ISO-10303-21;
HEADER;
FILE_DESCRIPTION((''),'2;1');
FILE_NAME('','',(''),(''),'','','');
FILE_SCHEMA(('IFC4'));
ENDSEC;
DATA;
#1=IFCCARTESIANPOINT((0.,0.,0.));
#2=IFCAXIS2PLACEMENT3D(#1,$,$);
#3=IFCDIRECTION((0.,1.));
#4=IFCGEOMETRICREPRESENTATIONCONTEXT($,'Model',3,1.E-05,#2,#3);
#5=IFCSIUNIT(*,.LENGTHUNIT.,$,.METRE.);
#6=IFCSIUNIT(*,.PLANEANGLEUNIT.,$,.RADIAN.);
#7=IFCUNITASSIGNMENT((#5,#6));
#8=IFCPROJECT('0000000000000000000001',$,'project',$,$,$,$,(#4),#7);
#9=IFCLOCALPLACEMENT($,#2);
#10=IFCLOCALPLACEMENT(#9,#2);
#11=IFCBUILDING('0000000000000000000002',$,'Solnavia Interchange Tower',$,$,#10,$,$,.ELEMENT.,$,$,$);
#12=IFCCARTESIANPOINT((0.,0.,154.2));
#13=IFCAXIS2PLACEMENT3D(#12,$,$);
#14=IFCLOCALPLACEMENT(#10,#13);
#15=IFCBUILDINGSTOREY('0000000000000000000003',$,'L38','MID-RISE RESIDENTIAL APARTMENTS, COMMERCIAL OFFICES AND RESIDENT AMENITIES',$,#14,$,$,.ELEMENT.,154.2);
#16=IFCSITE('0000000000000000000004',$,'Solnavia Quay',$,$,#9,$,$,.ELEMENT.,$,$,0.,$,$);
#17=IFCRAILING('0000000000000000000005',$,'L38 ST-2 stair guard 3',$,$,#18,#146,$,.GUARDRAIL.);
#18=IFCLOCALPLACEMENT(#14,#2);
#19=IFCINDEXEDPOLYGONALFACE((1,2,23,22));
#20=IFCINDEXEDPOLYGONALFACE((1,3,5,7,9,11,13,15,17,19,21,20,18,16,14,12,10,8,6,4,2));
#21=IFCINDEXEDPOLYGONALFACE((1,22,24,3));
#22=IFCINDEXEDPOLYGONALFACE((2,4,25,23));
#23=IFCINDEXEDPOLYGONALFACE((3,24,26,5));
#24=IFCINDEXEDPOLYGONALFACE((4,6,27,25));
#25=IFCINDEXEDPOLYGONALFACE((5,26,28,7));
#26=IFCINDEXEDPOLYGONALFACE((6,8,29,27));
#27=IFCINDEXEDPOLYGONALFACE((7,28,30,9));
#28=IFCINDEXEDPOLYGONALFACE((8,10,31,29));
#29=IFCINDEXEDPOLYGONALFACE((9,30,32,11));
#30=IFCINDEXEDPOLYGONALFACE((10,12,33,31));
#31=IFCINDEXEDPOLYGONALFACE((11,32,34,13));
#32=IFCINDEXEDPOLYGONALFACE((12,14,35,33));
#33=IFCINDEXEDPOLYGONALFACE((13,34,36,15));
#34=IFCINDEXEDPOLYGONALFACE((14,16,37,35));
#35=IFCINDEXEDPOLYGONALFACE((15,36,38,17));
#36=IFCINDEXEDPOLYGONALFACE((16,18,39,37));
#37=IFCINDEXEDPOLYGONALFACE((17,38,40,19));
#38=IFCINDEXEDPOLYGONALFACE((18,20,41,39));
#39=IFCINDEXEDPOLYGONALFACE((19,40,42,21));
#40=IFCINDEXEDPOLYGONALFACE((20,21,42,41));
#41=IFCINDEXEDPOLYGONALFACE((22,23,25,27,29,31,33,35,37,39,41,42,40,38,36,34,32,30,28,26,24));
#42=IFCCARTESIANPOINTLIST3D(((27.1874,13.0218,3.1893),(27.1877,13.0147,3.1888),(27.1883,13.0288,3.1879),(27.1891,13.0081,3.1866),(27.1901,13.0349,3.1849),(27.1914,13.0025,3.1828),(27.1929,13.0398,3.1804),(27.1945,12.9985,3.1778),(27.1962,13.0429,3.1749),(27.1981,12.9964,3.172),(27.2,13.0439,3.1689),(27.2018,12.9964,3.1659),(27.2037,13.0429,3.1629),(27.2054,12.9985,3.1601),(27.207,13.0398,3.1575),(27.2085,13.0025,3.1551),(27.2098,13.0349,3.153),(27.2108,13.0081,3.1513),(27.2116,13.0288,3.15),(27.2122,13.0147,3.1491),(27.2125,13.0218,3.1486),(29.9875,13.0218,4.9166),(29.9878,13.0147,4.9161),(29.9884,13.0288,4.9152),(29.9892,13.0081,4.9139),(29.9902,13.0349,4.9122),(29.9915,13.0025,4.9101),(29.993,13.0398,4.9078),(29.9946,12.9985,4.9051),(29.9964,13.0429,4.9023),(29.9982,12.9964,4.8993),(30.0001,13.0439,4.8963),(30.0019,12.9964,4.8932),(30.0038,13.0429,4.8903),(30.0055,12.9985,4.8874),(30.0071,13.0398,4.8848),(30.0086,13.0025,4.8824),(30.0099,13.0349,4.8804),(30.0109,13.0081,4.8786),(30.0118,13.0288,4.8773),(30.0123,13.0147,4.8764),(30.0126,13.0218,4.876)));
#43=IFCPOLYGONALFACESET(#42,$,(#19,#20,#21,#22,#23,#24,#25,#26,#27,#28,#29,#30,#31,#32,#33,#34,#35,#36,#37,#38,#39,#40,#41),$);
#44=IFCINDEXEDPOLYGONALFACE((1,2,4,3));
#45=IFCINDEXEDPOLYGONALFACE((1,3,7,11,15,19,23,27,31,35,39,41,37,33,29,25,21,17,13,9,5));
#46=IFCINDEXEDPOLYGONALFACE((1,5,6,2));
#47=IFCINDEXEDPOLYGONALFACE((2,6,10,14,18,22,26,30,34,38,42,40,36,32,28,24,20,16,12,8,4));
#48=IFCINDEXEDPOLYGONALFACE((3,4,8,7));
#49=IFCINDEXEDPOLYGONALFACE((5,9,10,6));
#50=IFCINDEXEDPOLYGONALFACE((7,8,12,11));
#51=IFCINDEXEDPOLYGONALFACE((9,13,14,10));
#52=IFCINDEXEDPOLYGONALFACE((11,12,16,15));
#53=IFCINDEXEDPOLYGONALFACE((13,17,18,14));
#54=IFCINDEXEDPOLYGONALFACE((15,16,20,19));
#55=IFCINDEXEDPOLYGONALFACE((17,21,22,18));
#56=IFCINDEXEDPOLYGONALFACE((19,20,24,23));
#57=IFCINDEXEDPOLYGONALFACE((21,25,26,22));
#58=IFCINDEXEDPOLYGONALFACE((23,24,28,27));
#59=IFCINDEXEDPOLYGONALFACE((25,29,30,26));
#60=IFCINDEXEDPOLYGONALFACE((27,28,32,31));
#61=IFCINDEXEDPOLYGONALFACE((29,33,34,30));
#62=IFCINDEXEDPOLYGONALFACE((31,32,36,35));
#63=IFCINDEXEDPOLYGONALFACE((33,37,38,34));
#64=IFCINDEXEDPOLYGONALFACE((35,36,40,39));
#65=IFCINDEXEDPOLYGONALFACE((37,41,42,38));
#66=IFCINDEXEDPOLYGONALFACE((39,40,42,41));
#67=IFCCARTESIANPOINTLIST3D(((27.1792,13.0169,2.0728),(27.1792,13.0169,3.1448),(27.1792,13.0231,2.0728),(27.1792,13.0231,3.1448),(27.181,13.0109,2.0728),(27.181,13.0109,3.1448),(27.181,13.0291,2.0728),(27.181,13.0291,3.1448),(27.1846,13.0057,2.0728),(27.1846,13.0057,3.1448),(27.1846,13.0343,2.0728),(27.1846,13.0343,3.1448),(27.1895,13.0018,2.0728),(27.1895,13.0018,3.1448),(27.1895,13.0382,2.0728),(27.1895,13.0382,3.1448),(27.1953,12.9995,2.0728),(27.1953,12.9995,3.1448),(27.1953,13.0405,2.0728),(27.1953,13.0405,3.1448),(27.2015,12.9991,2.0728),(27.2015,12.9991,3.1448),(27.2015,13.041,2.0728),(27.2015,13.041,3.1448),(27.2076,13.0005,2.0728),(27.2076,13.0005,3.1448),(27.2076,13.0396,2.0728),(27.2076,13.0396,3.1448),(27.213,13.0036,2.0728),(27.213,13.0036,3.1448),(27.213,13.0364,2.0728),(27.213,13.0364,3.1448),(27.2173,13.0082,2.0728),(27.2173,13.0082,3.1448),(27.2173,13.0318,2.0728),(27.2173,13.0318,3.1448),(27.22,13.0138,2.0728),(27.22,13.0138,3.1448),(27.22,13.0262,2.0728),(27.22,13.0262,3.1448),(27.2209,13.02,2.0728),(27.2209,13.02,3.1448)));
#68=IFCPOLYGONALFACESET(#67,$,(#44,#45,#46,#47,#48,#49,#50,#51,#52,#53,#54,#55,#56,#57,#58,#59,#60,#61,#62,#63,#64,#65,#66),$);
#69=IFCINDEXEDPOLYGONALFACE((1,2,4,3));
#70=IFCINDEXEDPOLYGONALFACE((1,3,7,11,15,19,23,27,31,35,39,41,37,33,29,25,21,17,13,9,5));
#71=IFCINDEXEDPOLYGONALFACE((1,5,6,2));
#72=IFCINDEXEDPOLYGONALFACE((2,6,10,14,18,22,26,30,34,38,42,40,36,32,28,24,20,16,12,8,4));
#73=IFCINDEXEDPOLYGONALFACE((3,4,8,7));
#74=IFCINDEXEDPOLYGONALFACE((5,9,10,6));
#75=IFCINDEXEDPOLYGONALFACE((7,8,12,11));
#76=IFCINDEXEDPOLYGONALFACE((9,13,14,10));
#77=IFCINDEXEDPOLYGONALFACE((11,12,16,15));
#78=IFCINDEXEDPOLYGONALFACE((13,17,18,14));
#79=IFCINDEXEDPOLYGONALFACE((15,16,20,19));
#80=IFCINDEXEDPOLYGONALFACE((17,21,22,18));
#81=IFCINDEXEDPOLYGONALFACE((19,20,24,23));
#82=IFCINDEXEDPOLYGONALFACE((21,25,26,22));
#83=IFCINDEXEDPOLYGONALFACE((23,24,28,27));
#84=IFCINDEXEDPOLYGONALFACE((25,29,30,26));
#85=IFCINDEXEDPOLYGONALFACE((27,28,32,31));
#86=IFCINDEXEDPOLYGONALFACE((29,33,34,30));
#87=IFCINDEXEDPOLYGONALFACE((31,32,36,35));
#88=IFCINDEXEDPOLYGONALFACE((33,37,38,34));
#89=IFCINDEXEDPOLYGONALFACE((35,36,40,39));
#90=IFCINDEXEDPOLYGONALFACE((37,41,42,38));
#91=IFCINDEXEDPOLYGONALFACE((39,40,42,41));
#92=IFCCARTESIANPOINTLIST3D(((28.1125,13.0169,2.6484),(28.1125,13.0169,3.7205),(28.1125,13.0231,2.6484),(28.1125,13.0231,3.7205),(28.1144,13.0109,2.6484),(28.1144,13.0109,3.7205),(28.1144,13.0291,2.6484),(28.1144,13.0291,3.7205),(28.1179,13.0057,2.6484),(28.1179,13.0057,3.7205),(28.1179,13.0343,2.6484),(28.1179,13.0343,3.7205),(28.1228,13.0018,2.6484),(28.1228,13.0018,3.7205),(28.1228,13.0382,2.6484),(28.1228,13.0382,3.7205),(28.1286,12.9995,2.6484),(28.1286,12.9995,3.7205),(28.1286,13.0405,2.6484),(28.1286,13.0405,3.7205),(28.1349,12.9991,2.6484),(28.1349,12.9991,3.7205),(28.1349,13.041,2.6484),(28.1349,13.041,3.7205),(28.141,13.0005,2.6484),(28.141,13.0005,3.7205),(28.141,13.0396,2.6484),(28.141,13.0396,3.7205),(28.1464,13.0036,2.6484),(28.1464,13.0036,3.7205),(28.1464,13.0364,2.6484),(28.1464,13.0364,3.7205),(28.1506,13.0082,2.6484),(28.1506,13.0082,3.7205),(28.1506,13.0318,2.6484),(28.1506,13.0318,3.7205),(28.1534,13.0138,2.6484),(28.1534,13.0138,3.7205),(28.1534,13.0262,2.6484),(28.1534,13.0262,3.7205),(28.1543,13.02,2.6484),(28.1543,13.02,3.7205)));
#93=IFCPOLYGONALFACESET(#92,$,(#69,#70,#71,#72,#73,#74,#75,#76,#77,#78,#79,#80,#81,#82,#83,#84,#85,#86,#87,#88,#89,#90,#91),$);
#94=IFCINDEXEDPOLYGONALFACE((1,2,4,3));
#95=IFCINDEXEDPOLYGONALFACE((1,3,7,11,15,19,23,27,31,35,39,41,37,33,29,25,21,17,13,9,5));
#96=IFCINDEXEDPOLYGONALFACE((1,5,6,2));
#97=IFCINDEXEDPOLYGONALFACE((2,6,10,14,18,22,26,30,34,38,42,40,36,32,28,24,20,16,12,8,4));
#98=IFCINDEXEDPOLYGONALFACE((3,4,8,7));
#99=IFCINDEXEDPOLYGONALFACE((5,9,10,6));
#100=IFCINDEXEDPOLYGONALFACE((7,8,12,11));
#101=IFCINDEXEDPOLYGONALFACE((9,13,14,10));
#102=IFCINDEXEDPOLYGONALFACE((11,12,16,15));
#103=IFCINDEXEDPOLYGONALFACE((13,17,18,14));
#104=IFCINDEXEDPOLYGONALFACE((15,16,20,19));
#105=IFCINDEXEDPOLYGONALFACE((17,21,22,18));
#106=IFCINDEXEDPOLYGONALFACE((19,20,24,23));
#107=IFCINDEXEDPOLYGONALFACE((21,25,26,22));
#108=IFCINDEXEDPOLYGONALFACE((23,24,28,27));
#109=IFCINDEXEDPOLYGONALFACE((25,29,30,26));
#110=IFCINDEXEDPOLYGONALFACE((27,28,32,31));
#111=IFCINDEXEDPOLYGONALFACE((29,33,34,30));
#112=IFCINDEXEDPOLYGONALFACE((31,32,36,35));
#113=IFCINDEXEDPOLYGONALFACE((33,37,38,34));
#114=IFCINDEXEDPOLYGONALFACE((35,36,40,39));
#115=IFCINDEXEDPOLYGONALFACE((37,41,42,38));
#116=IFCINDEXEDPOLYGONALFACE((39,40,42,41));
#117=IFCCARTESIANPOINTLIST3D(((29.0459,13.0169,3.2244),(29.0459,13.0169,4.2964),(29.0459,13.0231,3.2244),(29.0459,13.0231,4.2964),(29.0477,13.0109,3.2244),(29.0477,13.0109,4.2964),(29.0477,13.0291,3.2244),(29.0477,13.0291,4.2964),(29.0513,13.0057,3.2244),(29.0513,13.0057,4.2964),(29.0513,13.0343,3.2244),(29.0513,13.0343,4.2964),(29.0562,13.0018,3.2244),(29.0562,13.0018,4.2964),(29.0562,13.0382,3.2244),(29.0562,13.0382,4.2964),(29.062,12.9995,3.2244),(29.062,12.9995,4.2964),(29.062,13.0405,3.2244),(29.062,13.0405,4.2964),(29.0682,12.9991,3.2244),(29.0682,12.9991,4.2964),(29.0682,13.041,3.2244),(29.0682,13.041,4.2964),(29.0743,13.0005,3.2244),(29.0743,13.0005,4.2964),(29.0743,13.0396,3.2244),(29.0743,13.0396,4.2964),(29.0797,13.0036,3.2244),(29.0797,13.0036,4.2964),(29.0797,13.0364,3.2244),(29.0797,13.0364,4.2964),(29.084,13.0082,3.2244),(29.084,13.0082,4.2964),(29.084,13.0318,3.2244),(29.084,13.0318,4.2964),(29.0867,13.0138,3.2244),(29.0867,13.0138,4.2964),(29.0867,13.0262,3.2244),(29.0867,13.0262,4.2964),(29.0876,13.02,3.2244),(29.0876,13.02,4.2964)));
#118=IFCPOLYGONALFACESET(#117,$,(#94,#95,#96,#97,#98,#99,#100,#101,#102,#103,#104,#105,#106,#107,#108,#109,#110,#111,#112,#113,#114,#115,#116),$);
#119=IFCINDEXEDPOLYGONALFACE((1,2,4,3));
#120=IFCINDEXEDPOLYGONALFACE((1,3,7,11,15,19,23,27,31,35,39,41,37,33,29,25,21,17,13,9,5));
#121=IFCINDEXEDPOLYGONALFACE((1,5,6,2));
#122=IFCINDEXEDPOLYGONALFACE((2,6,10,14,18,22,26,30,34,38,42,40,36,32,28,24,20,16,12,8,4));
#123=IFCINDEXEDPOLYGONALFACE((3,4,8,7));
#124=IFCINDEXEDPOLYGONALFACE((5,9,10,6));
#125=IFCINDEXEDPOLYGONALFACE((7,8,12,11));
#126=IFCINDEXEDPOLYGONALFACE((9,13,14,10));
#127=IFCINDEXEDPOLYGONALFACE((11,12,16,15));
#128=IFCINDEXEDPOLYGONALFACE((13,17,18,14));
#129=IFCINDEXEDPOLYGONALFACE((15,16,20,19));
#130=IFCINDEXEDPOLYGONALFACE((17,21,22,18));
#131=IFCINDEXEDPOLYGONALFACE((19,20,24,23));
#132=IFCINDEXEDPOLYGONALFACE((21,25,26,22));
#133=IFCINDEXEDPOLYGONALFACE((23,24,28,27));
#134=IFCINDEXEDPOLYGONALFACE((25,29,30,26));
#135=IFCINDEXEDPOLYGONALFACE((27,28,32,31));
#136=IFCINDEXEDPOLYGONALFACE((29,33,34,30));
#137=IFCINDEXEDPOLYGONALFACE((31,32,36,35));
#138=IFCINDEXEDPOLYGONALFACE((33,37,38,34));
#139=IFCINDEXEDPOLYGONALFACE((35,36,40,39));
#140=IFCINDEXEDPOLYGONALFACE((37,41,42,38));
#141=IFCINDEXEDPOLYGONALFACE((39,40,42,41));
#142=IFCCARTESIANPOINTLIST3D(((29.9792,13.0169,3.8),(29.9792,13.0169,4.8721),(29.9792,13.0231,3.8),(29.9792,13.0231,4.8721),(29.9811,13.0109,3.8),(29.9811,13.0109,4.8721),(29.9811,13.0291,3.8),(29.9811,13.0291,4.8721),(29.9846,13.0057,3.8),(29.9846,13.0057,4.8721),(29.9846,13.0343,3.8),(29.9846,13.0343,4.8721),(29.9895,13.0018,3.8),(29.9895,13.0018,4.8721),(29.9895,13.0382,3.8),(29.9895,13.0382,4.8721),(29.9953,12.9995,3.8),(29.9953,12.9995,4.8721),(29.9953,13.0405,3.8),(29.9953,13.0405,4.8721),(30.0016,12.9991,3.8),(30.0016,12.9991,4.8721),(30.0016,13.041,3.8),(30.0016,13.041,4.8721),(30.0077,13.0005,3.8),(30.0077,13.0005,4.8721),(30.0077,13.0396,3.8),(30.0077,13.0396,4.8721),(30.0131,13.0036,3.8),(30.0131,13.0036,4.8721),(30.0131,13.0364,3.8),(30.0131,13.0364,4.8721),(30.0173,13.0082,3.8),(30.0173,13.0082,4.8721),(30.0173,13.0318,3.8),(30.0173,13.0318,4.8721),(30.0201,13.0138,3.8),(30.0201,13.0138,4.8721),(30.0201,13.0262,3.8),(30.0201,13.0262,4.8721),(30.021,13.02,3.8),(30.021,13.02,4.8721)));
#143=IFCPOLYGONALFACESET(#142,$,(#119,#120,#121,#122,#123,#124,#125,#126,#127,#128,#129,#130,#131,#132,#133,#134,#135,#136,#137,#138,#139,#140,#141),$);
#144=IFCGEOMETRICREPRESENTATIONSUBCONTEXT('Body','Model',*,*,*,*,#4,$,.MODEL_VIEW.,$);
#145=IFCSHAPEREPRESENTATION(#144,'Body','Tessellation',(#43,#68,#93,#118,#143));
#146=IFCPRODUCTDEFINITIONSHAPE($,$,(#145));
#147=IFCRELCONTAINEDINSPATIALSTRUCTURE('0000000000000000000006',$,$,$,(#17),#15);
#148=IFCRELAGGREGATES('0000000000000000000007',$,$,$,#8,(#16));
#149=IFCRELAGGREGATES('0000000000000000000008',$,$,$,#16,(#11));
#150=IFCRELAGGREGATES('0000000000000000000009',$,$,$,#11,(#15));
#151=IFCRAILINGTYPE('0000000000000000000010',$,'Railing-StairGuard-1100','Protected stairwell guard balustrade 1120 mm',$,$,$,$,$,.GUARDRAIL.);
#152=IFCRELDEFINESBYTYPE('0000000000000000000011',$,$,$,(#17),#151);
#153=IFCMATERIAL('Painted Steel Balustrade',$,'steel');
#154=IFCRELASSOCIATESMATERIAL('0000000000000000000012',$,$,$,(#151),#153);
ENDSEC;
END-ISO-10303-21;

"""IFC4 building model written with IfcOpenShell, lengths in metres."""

from ifc_helpers import new_model, si_unit, direction, frame, origin, origin_2d, place, context, subcontext, project, spatial, circle, extrude, material, type_object, element, save


model = new_model("IFC4")

# Units and contexts
model_context = context("Model", 3, precision=1e-05, world=origin(), true_north=direction((0.0, 1.0)))
body_context = subcontext(model_context, "Body", "Model", "MODEL_VIEW")
ifc_project = project(units=[si_unit("LENGTHUNIT", "METRE"), si_unit("PLANEANGLEUNIT", "RADIAN")], contexts=[model_context])

# Site, building, storey
site_placement = place(None, origin())
site = spatial("IfcSite", under=ifc_project, at=site_placement, Name="Solnavia Quay", CompositionType="ELEMENT", RefElevation=0.0)
building_placement = place(site_placement, origin())
building = spatial("IfcBuilding", under=site, at=building_placement, Name="Solnavia Interchange Tower", CompositionType="ELEMENT")
storey_placement = place(building_placement, frame((0.0, 0.0, 154.2)))
storey = spatial("IfcBuildingStorey", under=building, at=storey_placement, Name="L38", Description="MID-RISE RESIDENTIAL APARTMENTS, COMMERCIAL OFFICES AND RESIDENT AMENITIES", CompositionType="ELEMENT", Elevation=154.2)

# Railing
ifc_material_1 = material(Name="Painted Steel Balustrade", Category="steel")
railing_type_1 = type_object("IfcRailingType", Name="Railing-StairGuard-1100", Description="Protected stairwell guard balustrade 1120 mm", PredefinedType="GUARDRAIL", material=ifc_material_1)
railing_1_placement = place(storey_placement, frame((27.2, 13.02, 2.0728)))
element("IfcRailing", 1, at=railing_1_placement, inside=storey, type_object=railing_type_1, Name="L38 ST-2 stair guard 3", PredefinedType="GUARDRAIL", context=body_context, shape_type="SweptSolid", body=[
    extrude(circle(Radius=0.0239, at=origin_2d()), frame((0.0, 0.0, 1.0962), z_axis=(0.85109, 0.0, 0.52502), x_axis=(0.0, 1.0, 0.0)), (0.0, 0.0, 1.0), 3.29),
    extrude(circle(Radius=0.021, at=origin_2d()), origin(), (0.0, 0.0, 1.0), 1.072),
    extrude(circle(Radius=0.021, at=origin_2d()), frame((0.9333, 0.0, 0.5757)), (0.0, 0.0, 1.0), 1.072),
    extrude(circle(Radius=0.021, at=origin_2d()), frame((1.8667, 0.0, 1.1516)), (0.0, 0.0, 1.0), 1.072),
    extrude(circle(Radius=0.021, at=origin_2d()), frame((2.8, 0.0, 1.7273)), (0.0, 0.0, 1.0), 1.072),
])

save(model, "model.ifc")
